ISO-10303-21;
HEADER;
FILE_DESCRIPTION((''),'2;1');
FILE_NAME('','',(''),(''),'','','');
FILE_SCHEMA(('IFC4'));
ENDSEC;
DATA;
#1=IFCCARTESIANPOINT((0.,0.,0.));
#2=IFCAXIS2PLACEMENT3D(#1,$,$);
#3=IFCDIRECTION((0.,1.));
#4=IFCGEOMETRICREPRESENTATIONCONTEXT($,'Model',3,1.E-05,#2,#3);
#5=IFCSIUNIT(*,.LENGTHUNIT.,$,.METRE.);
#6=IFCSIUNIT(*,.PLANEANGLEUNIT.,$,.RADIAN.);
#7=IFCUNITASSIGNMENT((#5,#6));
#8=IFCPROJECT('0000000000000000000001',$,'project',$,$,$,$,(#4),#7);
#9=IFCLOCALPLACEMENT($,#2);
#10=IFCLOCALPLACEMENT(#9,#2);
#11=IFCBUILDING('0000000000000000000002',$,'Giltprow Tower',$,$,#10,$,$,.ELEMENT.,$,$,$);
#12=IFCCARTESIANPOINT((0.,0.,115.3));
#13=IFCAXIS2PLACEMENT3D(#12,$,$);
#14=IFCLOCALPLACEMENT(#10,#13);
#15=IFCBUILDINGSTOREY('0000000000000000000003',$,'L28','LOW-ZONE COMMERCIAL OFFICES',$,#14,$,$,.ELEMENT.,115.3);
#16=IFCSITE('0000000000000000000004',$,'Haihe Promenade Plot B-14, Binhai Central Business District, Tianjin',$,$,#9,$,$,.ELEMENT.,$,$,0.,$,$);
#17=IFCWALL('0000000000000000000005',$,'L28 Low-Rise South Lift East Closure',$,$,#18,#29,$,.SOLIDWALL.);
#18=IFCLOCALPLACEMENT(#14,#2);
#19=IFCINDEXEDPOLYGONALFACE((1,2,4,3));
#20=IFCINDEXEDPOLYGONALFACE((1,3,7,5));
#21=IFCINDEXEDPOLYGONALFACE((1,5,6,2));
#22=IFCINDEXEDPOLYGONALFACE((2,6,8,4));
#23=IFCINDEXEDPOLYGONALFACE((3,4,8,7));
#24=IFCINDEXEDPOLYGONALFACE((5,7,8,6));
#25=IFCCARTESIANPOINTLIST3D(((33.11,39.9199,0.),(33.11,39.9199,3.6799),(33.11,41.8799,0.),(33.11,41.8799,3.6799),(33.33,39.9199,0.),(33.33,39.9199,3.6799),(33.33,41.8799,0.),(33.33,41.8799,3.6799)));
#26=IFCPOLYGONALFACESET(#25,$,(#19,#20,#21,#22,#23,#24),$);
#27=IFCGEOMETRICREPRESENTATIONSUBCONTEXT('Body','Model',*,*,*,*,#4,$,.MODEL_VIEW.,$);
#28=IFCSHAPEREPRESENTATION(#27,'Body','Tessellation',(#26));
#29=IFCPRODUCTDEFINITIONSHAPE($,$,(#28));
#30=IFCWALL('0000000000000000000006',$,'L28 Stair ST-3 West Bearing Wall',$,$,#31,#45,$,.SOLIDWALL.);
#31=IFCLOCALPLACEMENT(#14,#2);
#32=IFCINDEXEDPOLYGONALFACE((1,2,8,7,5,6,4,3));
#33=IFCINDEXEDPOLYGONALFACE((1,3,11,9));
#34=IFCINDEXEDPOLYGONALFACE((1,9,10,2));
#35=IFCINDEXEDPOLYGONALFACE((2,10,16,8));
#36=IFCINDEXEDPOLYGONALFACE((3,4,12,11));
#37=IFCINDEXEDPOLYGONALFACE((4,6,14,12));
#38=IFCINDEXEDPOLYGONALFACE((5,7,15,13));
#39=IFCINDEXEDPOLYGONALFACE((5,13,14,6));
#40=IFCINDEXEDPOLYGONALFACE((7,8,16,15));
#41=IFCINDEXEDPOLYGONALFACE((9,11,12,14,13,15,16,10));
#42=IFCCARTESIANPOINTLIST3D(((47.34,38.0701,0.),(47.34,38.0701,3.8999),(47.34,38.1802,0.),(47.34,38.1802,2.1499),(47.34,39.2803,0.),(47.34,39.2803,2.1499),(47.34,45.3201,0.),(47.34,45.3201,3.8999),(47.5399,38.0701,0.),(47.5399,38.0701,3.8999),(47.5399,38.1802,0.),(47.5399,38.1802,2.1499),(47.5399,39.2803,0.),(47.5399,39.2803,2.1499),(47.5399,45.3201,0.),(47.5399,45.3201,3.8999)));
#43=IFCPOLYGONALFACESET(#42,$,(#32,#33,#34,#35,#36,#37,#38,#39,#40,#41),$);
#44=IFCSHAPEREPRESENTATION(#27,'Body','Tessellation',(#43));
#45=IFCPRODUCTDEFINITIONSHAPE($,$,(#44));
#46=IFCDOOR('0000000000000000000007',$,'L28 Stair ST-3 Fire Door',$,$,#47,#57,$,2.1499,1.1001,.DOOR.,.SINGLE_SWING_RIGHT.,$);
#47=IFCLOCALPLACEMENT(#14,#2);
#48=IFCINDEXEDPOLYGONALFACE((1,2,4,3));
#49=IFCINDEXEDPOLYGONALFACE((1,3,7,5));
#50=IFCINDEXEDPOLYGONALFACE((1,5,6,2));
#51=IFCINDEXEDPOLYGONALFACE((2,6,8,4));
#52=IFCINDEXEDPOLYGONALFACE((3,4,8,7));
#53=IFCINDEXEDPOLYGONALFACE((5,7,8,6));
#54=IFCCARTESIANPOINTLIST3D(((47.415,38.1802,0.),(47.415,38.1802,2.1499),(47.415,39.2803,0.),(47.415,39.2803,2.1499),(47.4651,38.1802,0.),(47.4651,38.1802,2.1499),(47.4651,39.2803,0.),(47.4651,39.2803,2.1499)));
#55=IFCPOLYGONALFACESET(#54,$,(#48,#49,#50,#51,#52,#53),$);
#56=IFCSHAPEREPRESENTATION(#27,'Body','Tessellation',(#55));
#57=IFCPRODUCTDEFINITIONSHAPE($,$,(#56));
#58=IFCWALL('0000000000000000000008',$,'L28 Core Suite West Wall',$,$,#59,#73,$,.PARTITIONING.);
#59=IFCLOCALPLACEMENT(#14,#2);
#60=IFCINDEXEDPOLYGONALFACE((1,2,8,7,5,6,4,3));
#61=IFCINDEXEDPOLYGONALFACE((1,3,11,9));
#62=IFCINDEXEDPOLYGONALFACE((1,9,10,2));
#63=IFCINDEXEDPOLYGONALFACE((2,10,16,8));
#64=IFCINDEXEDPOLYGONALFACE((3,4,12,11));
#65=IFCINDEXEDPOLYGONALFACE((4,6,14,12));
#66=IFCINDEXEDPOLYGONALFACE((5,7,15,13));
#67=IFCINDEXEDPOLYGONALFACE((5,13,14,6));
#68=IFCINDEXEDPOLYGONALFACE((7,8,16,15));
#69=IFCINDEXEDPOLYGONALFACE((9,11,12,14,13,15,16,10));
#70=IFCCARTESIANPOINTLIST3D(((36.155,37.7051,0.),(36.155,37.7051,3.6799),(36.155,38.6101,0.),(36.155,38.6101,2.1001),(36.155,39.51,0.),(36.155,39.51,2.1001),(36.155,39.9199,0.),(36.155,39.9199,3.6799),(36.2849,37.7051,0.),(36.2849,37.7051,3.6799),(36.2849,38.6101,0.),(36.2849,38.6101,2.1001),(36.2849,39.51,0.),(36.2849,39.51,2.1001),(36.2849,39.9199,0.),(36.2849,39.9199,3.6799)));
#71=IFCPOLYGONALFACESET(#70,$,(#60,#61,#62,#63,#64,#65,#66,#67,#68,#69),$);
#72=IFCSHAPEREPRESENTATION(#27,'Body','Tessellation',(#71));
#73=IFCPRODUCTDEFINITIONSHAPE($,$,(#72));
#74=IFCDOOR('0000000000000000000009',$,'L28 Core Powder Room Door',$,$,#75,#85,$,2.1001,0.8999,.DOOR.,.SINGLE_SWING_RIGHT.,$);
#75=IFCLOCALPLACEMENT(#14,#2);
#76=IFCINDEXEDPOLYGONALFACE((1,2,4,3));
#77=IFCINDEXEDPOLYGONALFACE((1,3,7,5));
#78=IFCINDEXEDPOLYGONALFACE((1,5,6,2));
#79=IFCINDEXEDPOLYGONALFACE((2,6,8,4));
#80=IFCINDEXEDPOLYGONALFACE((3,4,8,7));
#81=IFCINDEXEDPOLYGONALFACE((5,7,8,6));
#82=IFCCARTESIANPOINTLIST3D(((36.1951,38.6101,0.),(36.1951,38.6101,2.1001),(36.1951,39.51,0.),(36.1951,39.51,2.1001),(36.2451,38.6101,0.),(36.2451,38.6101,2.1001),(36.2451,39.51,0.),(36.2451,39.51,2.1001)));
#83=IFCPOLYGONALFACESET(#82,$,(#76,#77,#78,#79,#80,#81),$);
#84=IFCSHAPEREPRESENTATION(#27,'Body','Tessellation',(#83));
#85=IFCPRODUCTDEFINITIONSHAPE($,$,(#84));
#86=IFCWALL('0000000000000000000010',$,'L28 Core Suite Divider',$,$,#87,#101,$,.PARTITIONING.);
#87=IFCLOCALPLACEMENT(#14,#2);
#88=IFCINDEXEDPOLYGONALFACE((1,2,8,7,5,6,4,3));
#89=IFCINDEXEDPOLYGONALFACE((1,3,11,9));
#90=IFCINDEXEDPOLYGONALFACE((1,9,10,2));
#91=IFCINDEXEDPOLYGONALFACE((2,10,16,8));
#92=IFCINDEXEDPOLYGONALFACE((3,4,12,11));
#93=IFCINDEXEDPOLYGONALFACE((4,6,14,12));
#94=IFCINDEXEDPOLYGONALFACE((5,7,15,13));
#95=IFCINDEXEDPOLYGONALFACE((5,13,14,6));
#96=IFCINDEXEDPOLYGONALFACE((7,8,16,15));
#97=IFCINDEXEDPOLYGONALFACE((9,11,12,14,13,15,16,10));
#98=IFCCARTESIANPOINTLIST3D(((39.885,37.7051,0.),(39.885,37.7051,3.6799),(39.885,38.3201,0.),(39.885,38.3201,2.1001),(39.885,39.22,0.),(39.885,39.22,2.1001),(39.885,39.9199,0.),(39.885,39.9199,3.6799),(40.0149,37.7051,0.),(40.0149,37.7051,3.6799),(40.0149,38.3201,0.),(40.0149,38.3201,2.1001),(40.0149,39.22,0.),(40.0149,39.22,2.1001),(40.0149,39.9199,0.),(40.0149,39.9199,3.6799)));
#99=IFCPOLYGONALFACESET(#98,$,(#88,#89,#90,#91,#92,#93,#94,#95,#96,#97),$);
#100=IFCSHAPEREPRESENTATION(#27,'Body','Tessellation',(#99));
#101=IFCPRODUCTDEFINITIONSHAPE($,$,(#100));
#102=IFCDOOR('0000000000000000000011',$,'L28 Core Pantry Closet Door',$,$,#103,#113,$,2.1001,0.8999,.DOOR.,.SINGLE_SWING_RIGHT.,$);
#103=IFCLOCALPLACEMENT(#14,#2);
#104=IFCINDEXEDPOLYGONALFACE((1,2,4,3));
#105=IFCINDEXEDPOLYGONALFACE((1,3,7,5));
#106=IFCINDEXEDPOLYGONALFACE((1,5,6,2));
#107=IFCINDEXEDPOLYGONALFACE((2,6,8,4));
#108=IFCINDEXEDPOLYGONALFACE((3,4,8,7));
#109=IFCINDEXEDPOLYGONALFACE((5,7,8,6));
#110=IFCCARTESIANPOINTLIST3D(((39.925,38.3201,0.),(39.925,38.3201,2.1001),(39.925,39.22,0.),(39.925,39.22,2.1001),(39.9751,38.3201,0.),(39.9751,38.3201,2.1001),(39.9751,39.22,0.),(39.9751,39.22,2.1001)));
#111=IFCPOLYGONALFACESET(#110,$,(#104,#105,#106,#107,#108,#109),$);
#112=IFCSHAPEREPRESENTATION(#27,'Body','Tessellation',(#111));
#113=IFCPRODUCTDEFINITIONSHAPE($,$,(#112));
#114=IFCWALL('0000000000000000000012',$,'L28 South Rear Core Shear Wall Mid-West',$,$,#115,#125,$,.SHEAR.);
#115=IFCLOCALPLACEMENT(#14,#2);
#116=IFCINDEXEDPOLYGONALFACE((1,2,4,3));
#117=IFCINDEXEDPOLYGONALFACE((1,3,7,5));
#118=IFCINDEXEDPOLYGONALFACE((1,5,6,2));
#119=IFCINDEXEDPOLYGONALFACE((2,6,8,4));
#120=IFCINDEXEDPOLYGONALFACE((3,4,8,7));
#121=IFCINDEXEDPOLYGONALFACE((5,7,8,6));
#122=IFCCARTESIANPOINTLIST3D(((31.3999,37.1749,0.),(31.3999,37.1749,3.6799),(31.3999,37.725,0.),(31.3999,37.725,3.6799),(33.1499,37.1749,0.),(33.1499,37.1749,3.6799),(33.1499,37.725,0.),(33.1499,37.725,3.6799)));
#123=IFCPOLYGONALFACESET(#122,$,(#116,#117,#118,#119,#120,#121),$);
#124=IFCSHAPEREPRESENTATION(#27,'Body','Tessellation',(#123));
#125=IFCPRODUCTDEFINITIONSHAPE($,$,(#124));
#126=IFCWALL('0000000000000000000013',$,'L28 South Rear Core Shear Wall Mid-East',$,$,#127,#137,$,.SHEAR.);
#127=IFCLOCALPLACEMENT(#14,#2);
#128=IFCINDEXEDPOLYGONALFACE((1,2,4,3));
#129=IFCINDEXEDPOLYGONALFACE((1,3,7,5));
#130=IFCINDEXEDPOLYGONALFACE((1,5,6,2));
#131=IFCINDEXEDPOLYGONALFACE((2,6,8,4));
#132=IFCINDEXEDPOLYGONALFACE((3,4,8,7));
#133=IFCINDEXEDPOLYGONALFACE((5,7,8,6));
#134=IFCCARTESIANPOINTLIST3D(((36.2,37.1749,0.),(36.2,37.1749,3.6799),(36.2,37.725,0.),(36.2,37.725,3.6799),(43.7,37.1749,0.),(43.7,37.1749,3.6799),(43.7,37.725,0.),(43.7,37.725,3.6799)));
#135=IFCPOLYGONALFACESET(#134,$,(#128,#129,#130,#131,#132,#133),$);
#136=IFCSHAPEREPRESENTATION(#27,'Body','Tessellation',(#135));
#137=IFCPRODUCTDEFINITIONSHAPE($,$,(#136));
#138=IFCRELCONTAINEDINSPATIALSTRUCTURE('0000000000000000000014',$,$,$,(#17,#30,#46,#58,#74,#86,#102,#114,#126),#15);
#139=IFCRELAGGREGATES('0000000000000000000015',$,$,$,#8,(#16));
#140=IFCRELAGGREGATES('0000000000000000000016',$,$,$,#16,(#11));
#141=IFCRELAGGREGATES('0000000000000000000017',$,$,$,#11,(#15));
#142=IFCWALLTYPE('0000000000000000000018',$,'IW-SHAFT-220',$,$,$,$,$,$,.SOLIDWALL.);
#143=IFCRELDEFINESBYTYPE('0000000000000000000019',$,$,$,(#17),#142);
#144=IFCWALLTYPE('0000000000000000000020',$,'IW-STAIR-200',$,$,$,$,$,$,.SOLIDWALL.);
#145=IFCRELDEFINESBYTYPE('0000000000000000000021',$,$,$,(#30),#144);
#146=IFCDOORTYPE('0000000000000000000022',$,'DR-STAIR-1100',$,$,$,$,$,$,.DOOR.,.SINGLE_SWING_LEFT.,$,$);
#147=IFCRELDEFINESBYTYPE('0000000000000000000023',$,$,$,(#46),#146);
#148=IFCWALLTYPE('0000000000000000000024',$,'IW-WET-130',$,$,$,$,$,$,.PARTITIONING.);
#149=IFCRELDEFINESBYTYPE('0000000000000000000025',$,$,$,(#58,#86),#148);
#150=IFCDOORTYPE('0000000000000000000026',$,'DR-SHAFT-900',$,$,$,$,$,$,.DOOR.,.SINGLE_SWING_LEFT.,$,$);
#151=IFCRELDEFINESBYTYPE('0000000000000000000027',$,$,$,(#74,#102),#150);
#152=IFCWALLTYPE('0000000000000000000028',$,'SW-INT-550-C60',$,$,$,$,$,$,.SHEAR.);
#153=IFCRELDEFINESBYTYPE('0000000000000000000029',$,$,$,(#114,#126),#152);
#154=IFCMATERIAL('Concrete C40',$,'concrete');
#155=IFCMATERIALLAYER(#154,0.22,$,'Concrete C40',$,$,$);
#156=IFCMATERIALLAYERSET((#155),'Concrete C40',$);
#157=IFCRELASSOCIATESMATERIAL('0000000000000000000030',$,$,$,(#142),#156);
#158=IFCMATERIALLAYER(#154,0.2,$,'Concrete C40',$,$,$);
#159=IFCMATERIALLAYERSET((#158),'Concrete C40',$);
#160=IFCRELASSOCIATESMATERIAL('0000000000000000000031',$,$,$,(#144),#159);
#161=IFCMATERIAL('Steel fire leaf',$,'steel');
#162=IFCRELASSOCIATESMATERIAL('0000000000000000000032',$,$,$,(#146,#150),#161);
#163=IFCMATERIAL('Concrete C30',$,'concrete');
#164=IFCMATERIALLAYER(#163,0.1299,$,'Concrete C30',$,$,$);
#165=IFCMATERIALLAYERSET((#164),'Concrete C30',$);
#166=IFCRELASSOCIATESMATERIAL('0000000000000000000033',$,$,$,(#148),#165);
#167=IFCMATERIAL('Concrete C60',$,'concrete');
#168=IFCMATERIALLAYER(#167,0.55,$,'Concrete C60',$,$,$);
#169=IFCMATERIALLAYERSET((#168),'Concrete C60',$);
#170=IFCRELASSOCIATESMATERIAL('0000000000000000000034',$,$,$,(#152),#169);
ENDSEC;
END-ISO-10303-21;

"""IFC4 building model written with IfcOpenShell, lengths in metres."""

from ifc_helpers import new_model, si_unit, direction, frame, frame_2d, origin, place, context, subcontext, project, spatial, rectangle, extrude, source, transform, mapped, material, layer, layer_set, type_object, element, fill, save


model = new_model("IFC4")

# Units and contexts
model_context = context("Model", 3, precision=1e-05, world=origin(), true_north=direction((0.0, 1.0)))
body_context = subcontext(model_context, "Body", "Model", "MODEL_VIEW")
ifc_project = project(units=[si_unit("LENGTHUNIT", "METRE"), si_unit("PLANEANGLEUNIT", "RADIAN")], contexts=[model_context])

# Site, building, storey
site_placement = place(None, origin())
site = spatial("IfcSite", under=ifc_project, at=site_placement, Name="Haihe Promenade Plot B-14, Binhai Central Business District, Tianjin", CompositionType="ELEMENT", RefElevation=0.0)
building_placement = place(site_placement, origin())
building = spatial("IfcBuilding", under=site, at=building_placement, Name="Giltprow Tower", CompositionType="ELEMENT")
storey_placement = place(building_placement, frame((0.0, 0.0, 115.3)))
storey = spatial("IfcBuildingStorey", under=building, at=storey_placement, Name="L28", Description="LOW-ZONE COMMERCIAL OFFICES", CompositionType="ELEMENT", Elevation=115.3)

# Shared definitions
ifc_material_1 = material(Name="Concrete C60", Category="concrete")

# Wall
ifc_material_2 = material(Name="Concrete C40", Category="concrete")
ifc_layer_1 = layer(ifc_material_2, 0.22, Name="Concrete C40")
ifc_layer_set_1 = layer_set([ifc_layer_1], Name="Concrete C40")
wall_type_1 = type_object("IfcWallType", Name="IW-SHAFT-220", PredefinedType="SOLIDWALL", material=ifc_layer_set_1)
wall_1_placement = place(storey_placement, frame((33.22, 39.9199, 0.0), z_axis=(0.0, 0.0, 1.0), x_axis=(0.0, 1.0, 0.0)))
element("IfcWall", 1, at=wall_1_placement, inside=storey, type_object=wall_type_1, Name="L28 Low-Rise South Lift East Closure", PredefinedType="SOLIDWALL", context=body_context, shape_type="SweptSolid", body=[
    extrude(rectangle(XDim=1.96, YDim=0.22, at=frame_2d((0.98, 0.0))), origin(), (0.0, 0.0, 1.0), 3.6799),
])

# Walls, openings, doors
ifc_layer_2 = layer(ifc_material_2, 0.2, Name="Concrete C40")
ifc_layer_set_2 = layer_set([ifc_layer_2], Name="Concrete C40")
wall_type_2 = type_object("IfcWallType", Name="IW-STAIR-200", PredefinedType="SOLIDWALL", material=ifc_layer_set_2)
wall_2_placement = place(storey_placement, frame((47.4399, 38.0701, 0.0), z_axis=(0.0, 0.0, 1.0), x_axis=(0.0, 1.0, 0.0)))
wall_2 = element("IfcWall", 2, at=wall_2_placement, inside=storey, type_object=wall_type_2, Name="L28 Stair ST-3 West Bearing Wall", PredefinedType="SOLIDWALL", context=body_context, shape_type="SweptSolid", body=[
    extrude(rectangle(XDim=7.25, YDim=0.2, at=frame_2d((3.625, 0.0))), origin(), (0.0, 0.0, 1.0), 3.8999),
])
opening_1_placement = place(wall_2_placement, frame((0.1101, 0.0, 0.0)))
opening_1 = element("IfcOpeningElement", 3, at=opening_1_placement, cuts=wall_2, PredefinedType="OPENING", context=body_context, shape_type="SweptSolid", body=[
    extrude(rectangle(XDim=1.1001, YDim=2.1499, at=frame_2d((0.55, 1.075))), frame((0.0, 0.1099, 0.0), z_axis=(0.0, -1.0, 0.0), x_axis=(1.0, 0.0, 0.0)), (0.0, 0.0, 1.0), 0.22),
])
ifc_material_3 = material(Name="Steel fire leaf", Category="steel")
door_type_1 = type_object("IfcDoorType", Name="DR-STAIR-1100", OperationType="SINGLE_SWING_LEFT", PredefinedType="DOOR", material=ifc_material_3)
shared_shape_1 = source(origin(), body_context, "Body", "SweptSolid", [
    extrude(rectangle(XDim=1.1001, YDim=2.1499, at=frame_2d((0.55, 1.075))), frame((0.0, 0.0249, 0.0), z_axis=(0.0, -1.0, 0.0), x_axis=(1.0, 0.0, 0.0)), (0.0, 0.0, 1.0), 0.05),
])
door_1_placement = place(opening_1_placement, origin())
door_1 = element("IfcDoor", 4, at=door_1_placement, inside=storey, type_object=door_type_1, Name="L28 Stair ST-3 Fire Door", OperationType="SINGLE_SWING_RIGHT", OverallHeight=2.1499, OverallWidth=1.1001, PredefinedType="DOOR", context=body_context, shape_type="MappedRepresentation", body=[
    mapped(shared_shape_1, transform((0.0, 0.0, 0.0), x_axis=(1.0, 0.0, 0.0), y_axis=(0.0, 1.0, 0.0), z_axis=(0.0, 0.0, 1.0), scale=1.0)),
])
fill(opening_1, door_1)
ifc_material_4 = material(Name="Concrete C30", Category="concrete")
ifc_layer_3 = layer(ifc_material_4, 0.1299, Name="Concrete C30")
ifc_layer_set_3 = layer_set([ifc_layer_3], Name="Concrete C30")
wall_type_3 = type_object("IfcWallType", Name="IW-WET-130", PredefinedType="PARTITIONING", material=ifc_layer_set_3)
wall_3_placement = place(storey_placement, frame((36.22, 37.7051, 0.0), z_axis=(0.0, 0.0, 1.0), x_axis=(0.0, 1.0, 0.0)))
wall_3 = element("IfcWall", 5, at=wall_3_placement, inside=storey, type_object=wall_type_3, Name="L28 Core Suite West Wall", PredefinedType="PARTITIONING", context=body_context, shape_type="SweptSolid", body=[
    extrude(rectangle(XDim=2.2148, YDim=0.1299, at=frame_2d((1.1074, 0.0))), origin(), (0.0, 0.0, 1.0), 3.6799),
])
opening_2_placement = place(wall_3_placement, frame((0.905, 0.0, 0.0)))
opening_2 = element("IfcOpeningElement", 6, at=opening_2_placement, cuts=wall_3, PredefinedType="OPENING", context=body_context, shape_type="SweptSolid", body=[
    extrude(rectangle(XDim=0.8999, YDim=2.1001, at=frame_2d((0.45, 1.05))), frame((0.0, 0.075, 0.0), z_axis=(0.0, -1.0, 0.0), x_axis=(1.0, 0.0, 0.0)), (0.0, 0.0, 1.0), 0.1499),
])
door_type_2 = type_object("IfcDoorType", Name="DR-SHAFT-900", OperationType="SINGLE_SWING_LEFT", PredefinedType="DOOR", material=ifc_material_3)
shared_shape_2 = source(origin(), body_context, "Body", "SweptSolid", [
    extrude(rectangle(XDim=0.8999, YDim=2.1001, at=frame_2d((0.45, 1.05))), frame((0.0, 0.0249, 0.0), z_axis=(0.0, -1.0, 0.0), x_axis=(1.0, 0.0, 0.0)), (0.0, 0.0, 1.0), 0.05),
])
door_2_placement = place(opening_2_placement, origin())
door_2 = element("IfcDoor", 7, at=door_2_placement, inside=storey, type_object=door_type_2, Name="L28 Core Powder Room Door", OperationType="SINGLE_SWING_RIGHT", OverallHeight=2.1001, OverallWidth=0.8999, PredefinedType="DOOR", context=body_context, shape_type="MappedRepresentation", body=[
    mapped(shared_shape_2, transform((0.0, 0.0, 0.0), x_axis=(1.0, 0.0, 0.0), y_axis=(0.0, 1.0, 0.0), z_axis=(0.0, 0.0, 1.0), scale=1.0)),
])
fill(opening_2, door_2)
wall_4_placement = place(storey_placement, frame((39.95, 37.7051, 0.0), z_axis=(0.0, 0.0, 1.0), x_axis=(0.0, 1.0, 0.0)))
wall_4 = element("IfcWall", 8, at=wall_4_placement, inside=storey, type_object=wall_type_3, Name="L28 Core Suite Divider", PredefinedType="PARTITIONING", context=body_context, shape_type="SweptSolid", body=[
    extrude(rectangle(XDim=2.2148, YDim=0.1299, at=frame_2d((1.1074, 0.0))), origin(), (0.0, 0.0, 1.0), 3.6799),
])
opening_3_placement = place(wall_4_placement, frame((0.615, 0.0, 0.0)))
opening_3 = element("IfcOpeningElement", 9, at=opening_3_placement, cuts=wall_4, PredefinedType="OPENING", context=body_context, shape_type="SweptSolid", body=[
    extrude(rectangle(XDim=0.8999, YDim=2.1001, at=frame_2d((0.45, 1.05))), frame((0.0, 0.075, 0.0), z_axis=(0.0, -1.0, 0.0), x_axis=(1.0, 0.0, 0.0)), (0.0, 0.0, 1.0), 0.1499),
])
door_3_placement = place(opening_3_placement, origin())
door_3 = element("IfcDoor", 10, at=door_3_placement, inside=storey, type_object=door_type_2, Name="L28 Core Pantry Closet Door", OperationType="SINGLE_SWING_RIGHT", OverallHeight=2.1001, OverallWidth=0.8999, PredefinedType="DOOR", context=body_context, shape_type="MappedRepresentation", body=[
    mapped(shared_shape_2, transform((0.0, 0.0, 0.0), x_axis=(1.0, 0.0, 0.0), y_axis=(0.0, 1.0, 0.0), z_axis=(0.0, 0.0, 1.0), scale=1.0)),
])
fill(opening_3, door_3)

# Walls
ifc_layer_4 = layer(ifc_material_1, 0.55, Name="Concrete C60")
ifc_layer_set_4 = layer_set([ifc_layer_4], Name="Concrete C60")
wall_type_4 = type_object("IfcWallType", Name="SW-INT-550-C60", PredefinedType="SHEAR", material=ifc_layer_set_4)
wall_5_placement = place(storey_placement, frame((31.3999, 37.45, 0.0), z_axis=(0.0, 0.0, 1.0), x_axis=(1.0, 0.0, 0.0)))
element("IfcWall", 11, at=wall_5_placement, inside=storey, type_object=wall_type_4, Name="L28 South Rear Core Shear Wall Mid-West", PredefinedType="SHEAR", context=body_context, shape_type="SweptSolid", body=[
    extrude(rectangle(XDim=1.75, YDim=0.55, at=frame_2d((0.875, 0.0))), origin(), (0.0, 0.0, 1.0), 3.6799),
])
wall_6_placement = place(storey_placement, frame((36.2, 37.45, 0.0), z_axis=(0.0, 0.0, 1.0), x_axis=(1.0, 0.0, 0.0)))
element("IfcWall", 12, at=wall_6_placement, inside=storey, type_object=wall_type_4, Name="L28 South Rear Core Shear Wall Mid-East", PredefinedType="SHEAR", context=body_context, shape_type="SweptSolid", body=[
    extrude(rectangle(XDim=7.5, YDim=0.55, at=frame_2d((3.75, 0.0))), origin(), (0.0, 0.0, 1.0), 3.6799),
])

save(model, "model.ifc")
